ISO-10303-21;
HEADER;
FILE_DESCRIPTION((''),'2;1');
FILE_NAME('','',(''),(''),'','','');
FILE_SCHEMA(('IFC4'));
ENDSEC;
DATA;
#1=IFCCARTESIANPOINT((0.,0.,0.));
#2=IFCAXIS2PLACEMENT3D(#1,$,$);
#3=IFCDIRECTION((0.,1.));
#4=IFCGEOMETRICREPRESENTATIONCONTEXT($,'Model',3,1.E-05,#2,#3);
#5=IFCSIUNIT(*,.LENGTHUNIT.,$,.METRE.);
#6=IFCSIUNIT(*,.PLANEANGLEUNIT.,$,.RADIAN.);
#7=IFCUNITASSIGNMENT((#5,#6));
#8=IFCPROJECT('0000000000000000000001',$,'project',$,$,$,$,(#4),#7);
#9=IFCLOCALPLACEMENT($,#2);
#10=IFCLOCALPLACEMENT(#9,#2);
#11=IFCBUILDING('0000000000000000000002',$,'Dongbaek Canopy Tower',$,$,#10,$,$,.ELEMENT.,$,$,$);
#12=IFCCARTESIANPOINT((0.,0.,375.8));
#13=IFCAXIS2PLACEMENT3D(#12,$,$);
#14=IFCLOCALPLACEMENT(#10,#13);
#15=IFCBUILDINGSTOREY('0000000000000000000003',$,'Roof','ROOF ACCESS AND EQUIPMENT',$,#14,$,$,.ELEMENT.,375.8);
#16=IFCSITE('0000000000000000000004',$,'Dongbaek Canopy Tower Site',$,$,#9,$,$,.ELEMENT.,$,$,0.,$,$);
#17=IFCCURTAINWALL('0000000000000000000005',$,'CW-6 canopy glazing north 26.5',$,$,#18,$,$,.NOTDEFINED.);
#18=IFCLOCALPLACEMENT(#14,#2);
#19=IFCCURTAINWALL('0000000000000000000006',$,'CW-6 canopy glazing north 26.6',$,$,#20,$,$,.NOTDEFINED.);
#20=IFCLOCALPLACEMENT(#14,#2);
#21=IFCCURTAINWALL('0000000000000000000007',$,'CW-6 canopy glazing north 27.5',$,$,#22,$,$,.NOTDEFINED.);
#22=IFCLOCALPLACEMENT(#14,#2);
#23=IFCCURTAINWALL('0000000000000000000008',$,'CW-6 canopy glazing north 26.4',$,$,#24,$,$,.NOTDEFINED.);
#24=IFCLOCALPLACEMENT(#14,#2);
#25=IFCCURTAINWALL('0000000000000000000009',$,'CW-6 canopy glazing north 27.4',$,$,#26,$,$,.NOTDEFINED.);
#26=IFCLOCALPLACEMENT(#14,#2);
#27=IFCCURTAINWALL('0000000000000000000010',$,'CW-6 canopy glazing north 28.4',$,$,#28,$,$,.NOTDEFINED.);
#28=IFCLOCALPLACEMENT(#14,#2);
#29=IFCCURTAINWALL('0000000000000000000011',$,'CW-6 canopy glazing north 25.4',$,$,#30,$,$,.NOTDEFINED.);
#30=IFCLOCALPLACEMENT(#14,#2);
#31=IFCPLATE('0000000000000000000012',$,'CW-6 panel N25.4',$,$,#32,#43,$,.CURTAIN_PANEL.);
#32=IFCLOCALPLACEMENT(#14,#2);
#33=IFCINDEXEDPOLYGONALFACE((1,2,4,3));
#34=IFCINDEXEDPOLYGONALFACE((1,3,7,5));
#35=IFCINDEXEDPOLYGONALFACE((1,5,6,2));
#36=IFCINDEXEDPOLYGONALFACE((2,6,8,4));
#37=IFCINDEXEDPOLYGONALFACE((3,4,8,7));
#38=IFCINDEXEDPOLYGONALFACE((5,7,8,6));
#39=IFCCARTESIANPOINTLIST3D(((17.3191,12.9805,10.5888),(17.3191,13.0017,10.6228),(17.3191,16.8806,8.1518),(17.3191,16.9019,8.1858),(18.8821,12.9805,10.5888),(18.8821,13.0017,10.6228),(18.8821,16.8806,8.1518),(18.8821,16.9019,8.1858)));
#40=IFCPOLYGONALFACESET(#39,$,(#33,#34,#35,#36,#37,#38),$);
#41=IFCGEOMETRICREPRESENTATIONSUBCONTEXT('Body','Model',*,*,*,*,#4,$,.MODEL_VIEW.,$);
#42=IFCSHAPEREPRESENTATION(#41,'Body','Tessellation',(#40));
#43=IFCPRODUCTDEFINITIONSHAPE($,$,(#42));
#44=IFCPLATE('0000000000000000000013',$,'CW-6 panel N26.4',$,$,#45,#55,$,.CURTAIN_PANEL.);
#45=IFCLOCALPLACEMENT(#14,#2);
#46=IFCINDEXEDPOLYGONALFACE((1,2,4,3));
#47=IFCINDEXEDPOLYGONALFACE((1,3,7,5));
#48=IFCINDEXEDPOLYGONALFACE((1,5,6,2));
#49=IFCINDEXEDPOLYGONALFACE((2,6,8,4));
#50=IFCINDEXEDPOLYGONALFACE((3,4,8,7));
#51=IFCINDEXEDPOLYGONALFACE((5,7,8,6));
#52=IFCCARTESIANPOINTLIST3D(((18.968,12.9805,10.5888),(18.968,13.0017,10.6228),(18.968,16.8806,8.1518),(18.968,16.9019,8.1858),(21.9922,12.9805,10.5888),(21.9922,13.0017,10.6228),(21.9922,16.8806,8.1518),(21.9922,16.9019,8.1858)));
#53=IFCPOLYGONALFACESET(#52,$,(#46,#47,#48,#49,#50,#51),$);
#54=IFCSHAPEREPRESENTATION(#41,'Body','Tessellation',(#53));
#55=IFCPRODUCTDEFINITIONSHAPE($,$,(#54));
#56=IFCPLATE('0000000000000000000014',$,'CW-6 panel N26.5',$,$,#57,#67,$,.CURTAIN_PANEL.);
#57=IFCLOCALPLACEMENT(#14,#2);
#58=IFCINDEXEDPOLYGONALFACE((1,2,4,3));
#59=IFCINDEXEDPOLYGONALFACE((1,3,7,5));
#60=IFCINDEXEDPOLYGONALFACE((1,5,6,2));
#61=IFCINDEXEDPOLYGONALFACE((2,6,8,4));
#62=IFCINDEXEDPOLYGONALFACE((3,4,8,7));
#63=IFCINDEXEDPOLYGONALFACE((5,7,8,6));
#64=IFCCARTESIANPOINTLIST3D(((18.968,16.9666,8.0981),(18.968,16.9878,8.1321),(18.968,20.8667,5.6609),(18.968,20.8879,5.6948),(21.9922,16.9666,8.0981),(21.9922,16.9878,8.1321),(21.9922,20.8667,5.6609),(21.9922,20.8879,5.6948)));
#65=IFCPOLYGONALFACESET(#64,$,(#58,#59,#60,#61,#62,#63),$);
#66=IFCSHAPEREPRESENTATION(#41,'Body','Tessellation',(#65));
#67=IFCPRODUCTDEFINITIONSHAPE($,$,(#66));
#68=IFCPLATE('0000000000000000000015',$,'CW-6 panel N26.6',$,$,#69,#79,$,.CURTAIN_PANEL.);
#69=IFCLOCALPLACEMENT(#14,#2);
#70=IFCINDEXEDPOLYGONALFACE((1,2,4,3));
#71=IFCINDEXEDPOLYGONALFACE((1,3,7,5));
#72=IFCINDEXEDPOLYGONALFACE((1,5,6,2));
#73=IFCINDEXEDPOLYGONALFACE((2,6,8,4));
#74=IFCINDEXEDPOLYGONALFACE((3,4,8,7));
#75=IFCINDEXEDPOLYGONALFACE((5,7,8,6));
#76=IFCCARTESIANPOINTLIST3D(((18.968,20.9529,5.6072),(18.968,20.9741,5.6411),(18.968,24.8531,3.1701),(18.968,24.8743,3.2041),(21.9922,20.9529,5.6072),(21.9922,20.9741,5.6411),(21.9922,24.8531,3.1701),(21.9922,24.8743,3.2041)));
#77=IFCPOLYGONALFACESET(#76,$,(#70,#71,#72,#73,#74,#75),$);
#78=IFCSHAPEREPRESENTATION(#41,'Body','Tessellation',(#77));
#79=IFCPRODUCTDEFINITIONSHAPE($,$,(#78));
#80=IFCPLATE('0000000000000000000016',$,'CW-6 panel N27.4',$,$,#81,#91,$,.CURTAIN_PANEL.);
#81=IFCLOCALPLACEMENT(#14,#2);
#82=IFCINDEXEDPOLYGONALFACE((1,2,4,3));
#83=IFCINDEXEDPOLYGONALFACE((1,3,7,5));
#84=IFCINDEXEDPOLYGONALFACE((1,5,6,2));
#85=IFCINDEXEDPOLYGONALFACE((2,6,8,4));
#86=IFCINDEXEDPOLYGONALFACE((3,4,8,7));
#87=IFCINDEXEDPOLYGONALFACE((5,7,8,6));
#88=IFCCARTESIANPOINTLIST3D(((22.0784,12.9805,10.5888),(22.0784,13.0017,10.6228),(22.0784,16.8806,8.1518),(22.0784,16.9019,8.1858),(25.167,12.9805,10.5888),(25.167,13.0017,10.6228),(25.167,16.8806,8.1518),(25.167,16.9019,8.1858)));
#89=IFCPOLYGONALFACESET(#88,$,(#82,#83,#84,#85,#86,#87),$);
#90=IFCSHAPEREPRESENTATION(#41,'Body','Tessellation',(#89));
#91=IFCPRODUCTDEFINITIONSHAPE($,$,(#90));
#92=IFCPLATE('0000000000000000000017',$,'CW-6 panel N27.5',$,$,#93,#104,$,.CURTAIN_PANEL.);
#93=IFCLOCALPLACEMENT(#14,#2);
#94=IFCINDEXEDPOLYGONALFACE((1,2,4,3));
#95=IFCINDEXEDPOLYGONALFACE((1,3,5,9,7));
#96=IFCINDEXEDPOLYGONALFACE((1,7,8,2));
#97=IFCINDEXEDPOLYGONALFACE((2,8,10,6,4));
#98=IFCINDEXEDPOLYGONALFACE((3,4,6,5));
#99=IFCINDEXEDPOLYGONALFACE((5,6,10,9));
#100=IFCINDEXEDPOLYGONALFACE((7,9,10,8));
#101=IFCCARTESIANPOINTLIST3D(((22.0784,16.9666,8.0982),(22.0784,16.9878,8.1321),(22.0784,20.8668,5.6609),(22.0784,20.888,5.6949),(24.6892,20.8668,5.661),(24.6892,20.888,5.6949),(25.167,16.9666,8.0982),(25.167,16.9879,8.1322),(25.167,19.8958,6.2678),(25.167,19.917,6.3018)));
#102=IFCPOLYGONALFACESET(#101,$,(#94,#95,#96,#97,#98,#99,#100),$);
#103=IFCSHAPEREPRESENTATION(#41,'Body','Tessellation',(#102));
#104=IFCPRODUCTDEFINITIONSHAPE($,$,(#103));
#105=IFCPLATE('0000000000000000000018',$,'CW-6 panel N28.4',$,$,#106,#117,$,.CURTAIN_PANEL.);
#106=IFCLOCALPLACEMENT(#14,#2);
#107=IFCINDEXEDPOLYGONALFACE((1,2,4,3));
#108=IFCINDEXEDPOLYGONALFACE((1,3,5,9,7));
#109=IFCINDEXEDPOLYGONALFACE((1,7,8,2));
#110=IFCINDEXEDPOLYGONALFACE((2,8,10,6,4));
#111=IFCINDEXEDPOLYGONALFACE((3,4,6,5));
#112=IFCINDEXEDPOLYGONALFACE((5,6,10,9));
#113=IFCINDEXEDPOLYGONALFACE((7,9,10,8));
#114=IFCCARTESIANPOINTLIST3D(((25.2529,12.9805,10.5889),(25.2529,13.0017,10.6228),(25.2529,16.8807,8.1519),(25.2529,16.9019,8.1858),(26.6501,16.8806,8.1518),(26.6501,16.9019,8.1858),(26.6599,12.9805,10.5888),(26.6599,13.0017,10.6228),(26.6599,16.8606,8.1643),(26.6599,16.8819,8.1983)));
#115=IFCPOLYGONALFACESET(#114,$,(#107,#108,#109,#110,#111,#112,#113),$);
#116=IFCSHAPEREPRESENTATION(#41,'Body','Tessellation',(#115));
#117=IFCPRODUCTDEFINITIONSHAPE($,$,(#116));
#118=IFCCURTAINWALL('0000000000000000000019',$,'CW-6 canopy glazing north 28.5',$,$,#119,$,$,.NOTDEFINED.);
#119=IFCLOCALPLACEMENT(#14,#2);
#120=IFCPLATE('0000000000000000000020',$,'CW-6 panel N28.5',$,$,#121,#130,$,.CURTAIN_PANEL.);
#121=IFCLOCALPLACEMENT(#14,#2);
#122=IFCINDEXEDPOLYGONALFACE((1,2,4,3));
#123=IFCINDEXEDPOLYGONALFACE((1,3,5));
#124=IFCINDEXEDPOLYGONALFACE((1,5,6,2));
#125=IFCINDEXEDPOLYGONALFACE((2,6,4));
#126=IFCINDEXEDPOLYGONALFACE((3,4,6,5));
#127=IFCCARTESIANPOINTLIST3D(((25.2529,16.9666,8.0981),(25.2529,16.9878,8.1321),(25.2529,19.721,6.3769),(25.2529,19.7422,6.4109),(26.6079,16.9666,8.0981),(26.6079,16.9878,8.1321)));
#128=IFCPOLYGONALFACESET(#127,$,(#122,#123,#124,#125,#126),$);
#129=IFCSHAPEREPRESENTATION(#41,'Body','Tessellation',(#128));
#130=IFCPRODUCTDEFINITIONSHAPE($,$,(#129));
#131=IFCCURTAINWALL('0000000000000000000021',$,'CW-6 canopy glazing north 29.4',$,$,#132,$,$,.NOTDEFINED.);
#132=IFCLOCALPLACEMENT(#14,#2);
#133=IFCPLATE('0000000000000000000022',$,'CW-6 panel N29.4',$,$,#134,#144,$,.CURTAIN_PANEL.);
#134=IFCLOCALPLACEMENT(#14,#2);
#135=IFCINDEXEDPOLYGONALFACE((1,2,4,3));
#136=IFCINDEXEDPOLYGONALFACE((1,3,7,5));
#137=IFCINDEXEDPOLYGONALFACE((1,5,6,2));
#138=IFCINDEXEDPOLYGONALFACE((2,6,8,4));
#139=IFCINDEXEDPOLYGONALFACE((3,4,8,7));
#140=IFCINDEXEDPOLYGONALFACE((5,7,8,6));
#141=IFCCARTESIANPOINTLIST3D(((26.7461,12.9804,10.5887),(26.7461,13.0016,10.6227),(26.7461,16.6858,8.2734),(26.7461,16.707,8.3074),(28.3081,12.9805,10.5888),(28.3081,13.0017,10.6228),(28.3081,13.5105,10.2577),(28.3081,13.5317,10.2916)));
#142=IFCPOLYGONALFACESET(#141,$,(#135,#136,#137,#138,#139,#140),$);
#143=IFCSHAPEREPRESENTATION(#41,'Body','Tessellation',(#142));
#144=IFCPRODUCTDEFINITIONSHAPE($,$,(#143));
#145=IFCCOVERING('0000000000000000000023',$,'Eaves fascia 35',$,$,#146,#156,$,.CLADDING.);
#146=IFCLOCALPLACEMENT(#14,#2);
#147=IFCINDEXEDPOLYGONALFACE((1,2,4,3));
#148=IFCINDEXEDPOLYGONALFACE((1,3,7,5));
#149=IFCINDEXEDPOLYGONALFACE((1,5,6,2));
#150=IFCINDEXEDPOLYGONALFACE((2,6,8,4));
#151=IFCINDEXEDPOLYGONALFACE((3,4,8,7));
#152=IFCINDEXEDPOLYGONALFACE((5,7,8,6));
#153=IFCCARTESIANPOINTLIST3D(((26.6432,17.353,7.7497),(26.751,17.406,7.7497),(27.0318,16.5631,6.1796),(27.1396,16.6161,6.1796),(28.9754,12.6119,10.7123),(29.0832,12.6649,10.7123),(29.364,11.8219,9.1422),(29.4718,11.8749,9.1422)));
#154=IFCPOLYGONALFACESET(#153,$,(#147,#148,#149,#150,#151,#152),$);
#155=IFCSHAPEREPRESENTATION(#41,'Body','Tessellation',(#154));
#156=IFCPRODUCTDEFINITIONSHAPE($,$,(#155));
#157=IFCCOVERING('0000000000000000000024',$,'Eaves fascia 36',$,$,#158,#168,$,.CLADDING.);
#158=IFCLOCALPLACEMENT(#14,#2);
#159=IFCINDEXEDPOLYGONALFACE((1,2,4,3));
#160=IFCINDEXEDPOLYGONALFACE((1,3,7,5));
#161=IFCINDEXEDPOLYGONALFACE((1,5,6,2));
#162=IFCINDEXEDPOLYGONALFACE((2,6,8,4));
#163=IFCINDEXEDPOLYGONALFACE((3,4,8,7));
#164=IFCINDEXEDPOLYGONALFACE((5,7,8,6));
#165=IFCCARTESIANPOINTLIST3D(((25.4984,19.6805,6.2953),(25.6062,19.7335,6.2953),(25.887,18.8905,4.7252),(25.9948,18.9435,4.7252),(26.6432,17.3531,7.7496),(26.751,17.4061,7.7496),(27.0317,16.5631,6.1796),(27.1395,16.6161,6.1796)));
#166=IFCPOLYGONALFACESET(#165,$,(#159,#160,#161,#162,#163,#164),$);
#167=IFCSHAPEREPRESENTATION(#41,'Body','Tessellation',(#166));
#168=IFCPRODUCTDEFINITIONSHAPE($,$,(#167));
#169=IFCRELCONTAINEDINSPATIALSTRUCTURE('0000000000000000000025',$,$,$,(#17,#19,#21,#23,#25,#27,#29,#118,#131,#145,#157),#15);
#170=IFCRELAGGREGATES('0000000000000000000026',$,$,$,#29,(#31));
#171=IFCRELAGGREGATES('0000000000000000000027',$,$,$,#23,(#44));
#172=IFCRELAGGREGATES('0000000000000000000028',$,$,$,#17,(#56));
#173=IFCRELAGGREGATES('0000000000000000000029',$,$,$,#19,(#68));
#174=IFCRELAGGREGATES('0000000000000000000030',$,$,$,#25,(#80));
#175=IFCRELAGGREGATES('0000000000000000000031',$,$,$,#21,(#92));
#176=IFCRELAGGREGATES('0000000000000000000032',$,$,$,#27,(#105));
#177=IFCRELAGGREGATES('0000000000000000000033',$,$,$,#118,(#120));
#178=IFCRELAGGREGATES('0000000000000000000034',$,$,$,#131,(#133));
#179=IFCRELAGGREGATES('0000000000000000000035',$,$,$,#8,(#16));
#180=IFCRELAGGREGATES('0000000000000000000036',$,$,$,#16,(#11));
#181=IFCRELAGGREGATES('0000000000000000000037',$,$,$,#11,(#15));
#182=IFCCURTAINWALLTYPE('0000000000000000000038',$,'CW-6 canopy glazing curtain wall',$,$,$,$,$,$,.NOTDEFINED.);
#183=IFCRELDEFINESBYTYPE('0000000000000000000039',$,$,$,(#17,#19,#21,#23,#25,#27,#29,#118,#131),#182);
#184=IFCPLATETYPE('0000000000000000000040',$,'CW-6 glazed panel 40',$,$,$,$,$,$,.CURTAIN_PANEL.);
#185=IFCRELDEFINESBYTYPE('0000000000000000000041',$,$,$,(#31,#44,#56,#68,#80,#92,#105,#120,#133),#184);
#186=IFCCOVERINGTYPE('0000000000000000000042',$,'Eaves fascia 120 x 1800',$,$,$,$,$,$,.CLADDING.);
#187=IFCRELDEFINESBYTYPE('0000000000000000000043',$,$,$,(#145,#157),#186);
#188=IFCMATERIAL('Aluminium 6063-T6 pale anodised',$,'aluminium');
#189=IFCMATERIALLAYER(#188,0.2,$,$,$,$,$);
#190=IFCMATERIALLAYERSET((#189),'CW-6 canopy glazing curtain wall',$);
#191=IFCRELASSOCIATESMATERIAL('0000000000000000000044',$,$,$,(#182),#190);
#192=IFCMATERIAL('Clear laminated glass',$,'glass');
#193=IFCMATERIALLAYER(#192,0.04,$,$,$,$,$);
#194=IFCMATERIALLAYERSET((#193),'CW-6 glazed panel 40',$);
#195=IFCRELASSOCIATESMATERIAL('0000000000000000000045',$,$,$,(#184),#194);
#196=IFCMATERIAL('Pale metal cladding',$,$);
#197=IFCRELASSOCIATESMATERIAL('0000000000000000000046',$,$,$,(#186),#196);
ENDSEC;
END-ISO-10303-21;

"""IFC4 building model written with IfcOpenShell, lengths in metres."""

from ifc_helpers import new_model, si_unit, direction, frame, origin, origin_2d, place, context, subcontext, project, spatial, polyline, rectangle, outline, extrude, material, layer, layer_set, material_profile, profile_set, type_object, element, aggregate, save


model = new_model("IFC4")

# Units and contexts
model_context = context("Model", 3, precision=1e-05, world=origin(), true_north=direction((0.0, 1.0)))
body_context = subcontext(model_context, "Body", "Model", "MODEL_VIEW")
ifc_project = project(units=[si_unit("LENGTHUNIT", "METRE"), si_unit("PLANEANGLEUNIT", "RADIAN")], contexts=[model_context])

# Site, building, storey
site_placement = place(None, origin())
site = spatial("IfcSite", under=ifc_project, at=site_placement, Name="Dongbaek Canopy Tower Site", CompositionType="ELEMENT", RefElevation=0.0)
building_placement = place(site_placement, origin())
building = spatial("IfcBuilding", under=site, at=building_placement, Name="Dongbaek Canopy Tower", CompositionType="ELEMENT")
storey_placement = place(building_placement, frame((0.0, 0.0, 375.8)))
storey = spatial("IfcBuildingStorey", under=building, at=storey_placement, Name="Roof", Description="ROOF ACCESS AND EQUIPMENT", CompositionType="ELEMENT", Elevation=375.8)

# Curtain walls
ifc_material_1 = material(Name="Aluminium 6063-T6 pale anodised", Category="aluminium")
ifc_layer_1 = layer(ifc_material_1, 0.2)
ifc_layer_set_1 = layer_set([ifc_layer_1], Name="CW-6 canopy glazing curtain wall")
curtain_wall_type = type_object("IfcCurtainWallType", Name="CW-6 canopy glazing curtain wall", PredefinedType="NOTDEFINED", material=ifc_layer_set_1)
curtain_wall_1_placement = place(storey_placement, origin())
curtain_wall_1 = element("IfcCurtainWall", 1, at=curtain_wall_1_placement, inside=storey, type_object=curtain_wall_type, Name="CW-6 canopy glazing north 26.5", PredefinedType="NOTDEFINED")
curtain_wall_2_placement = place(storey_placement, origin())
curtain_wall_2 = element("IfcCurtainWall", 2, at=curtain_wall_2_placement, inside=storey, type_object=curtain_wall_type, Name="CW-6 canopy glazing north 26.6", PredefinedType="NOTDEFINED")
curtain_wall_3_placement = place(storey_placement, origin())
curtain_wall_3 = element("IfcCurtainWall", 3, at=curtain_wall_3_placement, inside=storey, type_object=curtain_wall_type, Name="CW-6 canopy glazing north 27.5", PredefinedType="NOTDEFINED")
curtain_wall_4_placement = place(storey_placement, origin())
curtain_wall_4 = element("IfcCurtainWall", 4, at=curtain_wall_4_placement, inside=storey, type_object=curtain_wall_type, Name="CW-6 canopy glazing north 26.4", PredefinedType="NOTDEFINED")

# Curtain wall
curtain_wall_5_placement = place(storey_placement, origin())
curtain_wall_5 = element("IfcCurtainWall", 5, at=curtain_wall_5_placement, inside=storey, type_object=curtain_wall_type, Name="CW-6 canopy glazing north 27.4", PredefinedType="NOTDEFINED")

# Curtain wall
curtain_wall_6_placement = place(storey_placement, origin())
curtain_wall_6 = element("IfcCurtainWall", 6, at=curtain_wall_6_placement, inside=storey, type_object=curtain_wall_type, Name="CW-6 canopy glazing north 28.4", PredefinedType="NOTDEFINED")

# Curtain wall, plate
curtain_wall_7_placement = place(storey_placement, origin())
curtain_wall_7 = element("IfcCurtainWall", 7, at=curtain_wall_7_placement, inside=storey, type_object=curtain_wall_type, Name="CW-6 canopy glazing north 25.4", PredefinedType="NOTDEFINED")
ifc_material_2 = material(Name="Clear laminated glass", Category="glass")
ifc_layer_2 = layer(ifc_material_2, 0.04)
ifc_layer_set_2 = layer_set([ifc_layer_2], Name="CW-6 glazed panel 40")
plate_type = type_object("IfcPlateType", Name="CW-6 glazed panel 40", PredefinedType="CURTAIN_PANEL", material=ifc_layer_set_2)
plate_1_placement = place(storey_placement, frame((18.8821, 13.0017, 10.6228), z_axis=(0.0, 0.529908, 0.848055), x_axis=(-1.0, 0.0, 0.0)))
plate_1 = element("IfcPlate", 8, at=plate_1_placement, type_object=plate_type, Name="CW-6 panel N25.4", PredefinedType="CURTAIN_PANEL", context=body_context, shape_type="SweptSolid", body=[
    extrude(outline(polyline([(0.0, 0.0), (1.563, 0.0), (1.563, -4.5989), (0.0, -4.5989), (0.0, 0.0)])), origin(), (0.0, 0.0, -1.0), 0.04),
])
aggregate(curtain_wall_7, [plate_1])

# Plates
plate_2_placement = place(storey_placement, frame((21.9922, 13.0017, 10.6228), z_axis=(0.0, 0.529908, 0.848055), x_axis=(-1.0, 0.0, 0.0)))
plate_2 = element("IfcPlate", 9, at=plate_2_placement, type_object=plate_type, Name="CW-6 panel N26.4", PredefinedType="CURTAIN_PANEL", context=body_context, shape_type="SweptSolid", body=[
    extrude(outline(polyline([(0.0, 0.0), (3.0242, 0.0), (3.0242, -4.5989), (0.0, -4.5989), (0.0, 0.0)])), origin(), (0.0, 0.0, -1.0), 0.04),
])
aggregate(curtain_wall_4, [plate_2])
plate_3_placement = place(storey_placement, frame((21.9922, 16.9878, 8.1321), z_axis=(0.0, 0.529946, 0.848031), x_axis=(-1.0, 0.0, 0.0)))
plate_3 = element("IfcPlate", 10, at=plate_3_placement, type_object=plate_type, Name="CW-6 panel N26.5", PredefinedType="CURTAIN_PANEL", context=body_context, shape_type="SweptSolid", body=[
    extrude(outline(polyline([(0.0, 0.0), (3.0242, 0.0), (3.0242, -4.5991), (0.0, -4.5991), (0.0, 0.0)])), origin(), (0.0, 0.0, -1.0), 0.04),
])
aggregate(curtain_wall_1, [plate_3])
plate_4_placement = place(storey_placement, frame((21.9922, 20.9741, 5.6411), z_axis=(0.0, 0.529908, 0.848055), x_axis=(-1.0, 0.0, 0.0)))
plate_4 = element("IfcPlate", 11, at=plate_4_placement, type_object=plate_type, Name="CW-6 panel N26.6", PredefinedType="CURTAIN_PANEL", context=body_context, shape_type="SweptSolid", body=[
    extrude(outline(polyline([(0.0, 0.0), (3.0242, 0.0), (3.0242, -4.5989), (0.0, -4.5989), (0.0, 0.0)])), origin(), (0.0, 0.0, -1.0), 0.04),
])
aggregate(curtain_wall_2, [plate_4])
plate_5_placement = place(storey_placement, frame((25.167, 13.0017, 10.6228), z_axis=(0.0, 0.529908, 0.848055), x_axis=(-1.0, 0.0, 0.0)))
plate_5 = element("IfcPlate", 12, at=plate_5_placement, type_object=plate_type, Name="CW-6 panel N27.4", PredefinedType="CURTAIN_PANEL", context=body_context, shape_type="SweptSolid", body=[
    extrude(outline(polyline([(0.0, 0.0), (3.0886, 0.0), (3.0886, -4.5989), (0.0, -4.5989), (0.0, 0.0)])), origin(), (0.0, 0.0, -1.0), 0.04),
])
aggregate(curtain_wall_5, [plate_5])
plate_6_placement = place(storey_placement, frame((25.167, 19.917, 6.3018), z_axis=(-0.000025, 0.529944, 0.848032), x_axis=(0.0, -0.848032, 0.529944)))
plate_6 = element("IfcPlate", 13, at=plate_6_placement, type_object=plate_type, Name="CW-6 panel N27.5", PredefinedType="CURTAIN_PANEL", context=body_context, shape_type="SweptSolid", body=[
    extrude(outline(polyline([(0.0, 0.0), (3.454, 0.0), (3.454, -3.0886), (-1.145, -3.0886), (-1.145, -0.4778), (0.0, 0.0)])), origin(), (0.0, 0.0, -1.0), 0.04),
])
aggregate(curtain_wall_3, [plate_6])
plate_7_placement = place(storey_placement, frame((26.6599, 13.0017, 10.6228), z_axis=(0.000017, 0.529908, 0.848055), x_axis=(-1.0, 0.000009, 0.000015)))
plate_7 = element("IfcPlate", 14, at=plate_7_placement, type_object=plate_type, Name="CW-6 panel N28.4", PredefinedType="CURTAIN_PANEL", context=body_context, shape_type="SweptSolid", body=[
    extrude(outline(polyline([(0.0, 0.0), (1.407, 0.0), (1.407, -4.5989), (0.0098, -4.5989), (0.0, -4.5754), (0.0, 0.0)])), origin(), (0.0, 0.0, -1.0), 0.04),
])
aggregate(curtain_wall_6, [plate_7])

# Curtain walls, plates
curtain_wall_8_placement = place(storey_placement, origin())
curtain_wall_8 = element("IfcCurtainWall", 15, at=curtain_wall_8_placement, inside=storey, type_object=curtain_wall_type, Name="CW-6 canopy glazing north 28.5", PredefinedType="NOTDEFINED")
plate_8_placement = place(storey_placement, frame((25.2529, 19.7422, 6.4109), z_axis=(0.0, 0.529931, 0.848041), x_axis=(0.385019, -0.782664, 0.489078)))
plate_8 = element("IfcPlate", 16, at=plate_8_placement, type_object=plate_type, Name="CW-6 panel N28.5", PredefinedType="CURTAIN_PANEL", context=body_context, shape_type="SweptSolid", body=[
    extrude(outline(polyline([(0.0, 0.0), (3.5193, 0.0), (2.9976, -1.2505), (0.0, 0.0)])), origin(), (0.0, 0.0, -1.0), 0.04),
])
aggregate(curtain_wall_8, [plate_8])
curtain_wall_9_placement = place(storey_placement, origin())
curtain_wall_9 = element("IfcCurtainWall", 17, at=curtain_wall_9_placement, inside=storey, type_object=curtain_wall_type, Name="CW-6 canopy glazing north 29.4", PredefinedType="NOTDEFINED")
plate_9_placement = place(storey_placement, frame((28.3081, 13.0017, 10.6228), z_axis=(-0.000075, 0.529911, 0.848053), x_axis=(-1.0, -0.000039, -0.000063)))
plate_9 = element("IfcPlate", 18, at=plate_9_placement, type_object=plate_type, Name="CW-6 panel N29.4", PredefinedType="CURTAIN_PANEL", context=body_context, shape_type="SweptSolid", body=[
    extrude(outline(polyline([(0.0, 0.0), (1.562, 0.0), (1.562, -4.3693), (0.0, -0.6249), (0.0, 0.0)])), origin(), (0.0, 0.0, -1.0), 0.04),
])
aggregate(curtain_wall_9, [plate_9])

# Coverings
ifc_material_3 = material(Name="Pale metal cladding")
ifc_material_profile_1 = material_profile(ifc_material_3, rectangle(XDim=0.1201, YDim=1.8, at=origin_2d()), Name="Eaves fascia 120 x 1800")
ifc_profile_set_1 = profile_set([ifc_material_profile_1], Name="Pale metal cladding")
covering_type = type_object("IfcCoveringType", Name="Eaves fascia 120 x 1800", PredefinedType="CLADDING", material=ifc_profile_set_1)
covering_1_placement = place(storey_placement, frame((29.2236, 12.2434, 9.9272), z_axis=(-0.385009, 0.782674, -0.48907), x_axis=(-0.89731, -0.441401, 0.0)))
element("IfcCovering", 19, at=covering_1_placement, inside=storey, type_object=covering_type, Name="Eaves fascia 35", PredefinedType="CLADDING", context=body_context, shape_type="SweptSolid", body=[
    extrude(rectangle(XDim=0.1201, YDim=1.8, at=origin_2d()), origin(), (0.0, 0.0, 1.0), 6.0576),
])
covering_2_placement = place(storey_placement, frame((26.8914, 16.9846, 6.9646), z_axis=(-0.384978, 0.782681, -0.489083), x_axis=(-0.897326, -0.441368, 0.0)))
element("IfcCovering", 20, at=covering_2_placement, inside=storey, type_object=covering_type, Name="Eaves fascia 36", PredefinedType="CLADDING", context=body_context, shape_type="SweptSolid", body=[
    extrude(rectangle(XDim=0.1201, YDim=1.8, at=origin_2d()), origin(), (0.0, 0.0, 1.0), 2.9736),
])

save(model, "model.ifc")
